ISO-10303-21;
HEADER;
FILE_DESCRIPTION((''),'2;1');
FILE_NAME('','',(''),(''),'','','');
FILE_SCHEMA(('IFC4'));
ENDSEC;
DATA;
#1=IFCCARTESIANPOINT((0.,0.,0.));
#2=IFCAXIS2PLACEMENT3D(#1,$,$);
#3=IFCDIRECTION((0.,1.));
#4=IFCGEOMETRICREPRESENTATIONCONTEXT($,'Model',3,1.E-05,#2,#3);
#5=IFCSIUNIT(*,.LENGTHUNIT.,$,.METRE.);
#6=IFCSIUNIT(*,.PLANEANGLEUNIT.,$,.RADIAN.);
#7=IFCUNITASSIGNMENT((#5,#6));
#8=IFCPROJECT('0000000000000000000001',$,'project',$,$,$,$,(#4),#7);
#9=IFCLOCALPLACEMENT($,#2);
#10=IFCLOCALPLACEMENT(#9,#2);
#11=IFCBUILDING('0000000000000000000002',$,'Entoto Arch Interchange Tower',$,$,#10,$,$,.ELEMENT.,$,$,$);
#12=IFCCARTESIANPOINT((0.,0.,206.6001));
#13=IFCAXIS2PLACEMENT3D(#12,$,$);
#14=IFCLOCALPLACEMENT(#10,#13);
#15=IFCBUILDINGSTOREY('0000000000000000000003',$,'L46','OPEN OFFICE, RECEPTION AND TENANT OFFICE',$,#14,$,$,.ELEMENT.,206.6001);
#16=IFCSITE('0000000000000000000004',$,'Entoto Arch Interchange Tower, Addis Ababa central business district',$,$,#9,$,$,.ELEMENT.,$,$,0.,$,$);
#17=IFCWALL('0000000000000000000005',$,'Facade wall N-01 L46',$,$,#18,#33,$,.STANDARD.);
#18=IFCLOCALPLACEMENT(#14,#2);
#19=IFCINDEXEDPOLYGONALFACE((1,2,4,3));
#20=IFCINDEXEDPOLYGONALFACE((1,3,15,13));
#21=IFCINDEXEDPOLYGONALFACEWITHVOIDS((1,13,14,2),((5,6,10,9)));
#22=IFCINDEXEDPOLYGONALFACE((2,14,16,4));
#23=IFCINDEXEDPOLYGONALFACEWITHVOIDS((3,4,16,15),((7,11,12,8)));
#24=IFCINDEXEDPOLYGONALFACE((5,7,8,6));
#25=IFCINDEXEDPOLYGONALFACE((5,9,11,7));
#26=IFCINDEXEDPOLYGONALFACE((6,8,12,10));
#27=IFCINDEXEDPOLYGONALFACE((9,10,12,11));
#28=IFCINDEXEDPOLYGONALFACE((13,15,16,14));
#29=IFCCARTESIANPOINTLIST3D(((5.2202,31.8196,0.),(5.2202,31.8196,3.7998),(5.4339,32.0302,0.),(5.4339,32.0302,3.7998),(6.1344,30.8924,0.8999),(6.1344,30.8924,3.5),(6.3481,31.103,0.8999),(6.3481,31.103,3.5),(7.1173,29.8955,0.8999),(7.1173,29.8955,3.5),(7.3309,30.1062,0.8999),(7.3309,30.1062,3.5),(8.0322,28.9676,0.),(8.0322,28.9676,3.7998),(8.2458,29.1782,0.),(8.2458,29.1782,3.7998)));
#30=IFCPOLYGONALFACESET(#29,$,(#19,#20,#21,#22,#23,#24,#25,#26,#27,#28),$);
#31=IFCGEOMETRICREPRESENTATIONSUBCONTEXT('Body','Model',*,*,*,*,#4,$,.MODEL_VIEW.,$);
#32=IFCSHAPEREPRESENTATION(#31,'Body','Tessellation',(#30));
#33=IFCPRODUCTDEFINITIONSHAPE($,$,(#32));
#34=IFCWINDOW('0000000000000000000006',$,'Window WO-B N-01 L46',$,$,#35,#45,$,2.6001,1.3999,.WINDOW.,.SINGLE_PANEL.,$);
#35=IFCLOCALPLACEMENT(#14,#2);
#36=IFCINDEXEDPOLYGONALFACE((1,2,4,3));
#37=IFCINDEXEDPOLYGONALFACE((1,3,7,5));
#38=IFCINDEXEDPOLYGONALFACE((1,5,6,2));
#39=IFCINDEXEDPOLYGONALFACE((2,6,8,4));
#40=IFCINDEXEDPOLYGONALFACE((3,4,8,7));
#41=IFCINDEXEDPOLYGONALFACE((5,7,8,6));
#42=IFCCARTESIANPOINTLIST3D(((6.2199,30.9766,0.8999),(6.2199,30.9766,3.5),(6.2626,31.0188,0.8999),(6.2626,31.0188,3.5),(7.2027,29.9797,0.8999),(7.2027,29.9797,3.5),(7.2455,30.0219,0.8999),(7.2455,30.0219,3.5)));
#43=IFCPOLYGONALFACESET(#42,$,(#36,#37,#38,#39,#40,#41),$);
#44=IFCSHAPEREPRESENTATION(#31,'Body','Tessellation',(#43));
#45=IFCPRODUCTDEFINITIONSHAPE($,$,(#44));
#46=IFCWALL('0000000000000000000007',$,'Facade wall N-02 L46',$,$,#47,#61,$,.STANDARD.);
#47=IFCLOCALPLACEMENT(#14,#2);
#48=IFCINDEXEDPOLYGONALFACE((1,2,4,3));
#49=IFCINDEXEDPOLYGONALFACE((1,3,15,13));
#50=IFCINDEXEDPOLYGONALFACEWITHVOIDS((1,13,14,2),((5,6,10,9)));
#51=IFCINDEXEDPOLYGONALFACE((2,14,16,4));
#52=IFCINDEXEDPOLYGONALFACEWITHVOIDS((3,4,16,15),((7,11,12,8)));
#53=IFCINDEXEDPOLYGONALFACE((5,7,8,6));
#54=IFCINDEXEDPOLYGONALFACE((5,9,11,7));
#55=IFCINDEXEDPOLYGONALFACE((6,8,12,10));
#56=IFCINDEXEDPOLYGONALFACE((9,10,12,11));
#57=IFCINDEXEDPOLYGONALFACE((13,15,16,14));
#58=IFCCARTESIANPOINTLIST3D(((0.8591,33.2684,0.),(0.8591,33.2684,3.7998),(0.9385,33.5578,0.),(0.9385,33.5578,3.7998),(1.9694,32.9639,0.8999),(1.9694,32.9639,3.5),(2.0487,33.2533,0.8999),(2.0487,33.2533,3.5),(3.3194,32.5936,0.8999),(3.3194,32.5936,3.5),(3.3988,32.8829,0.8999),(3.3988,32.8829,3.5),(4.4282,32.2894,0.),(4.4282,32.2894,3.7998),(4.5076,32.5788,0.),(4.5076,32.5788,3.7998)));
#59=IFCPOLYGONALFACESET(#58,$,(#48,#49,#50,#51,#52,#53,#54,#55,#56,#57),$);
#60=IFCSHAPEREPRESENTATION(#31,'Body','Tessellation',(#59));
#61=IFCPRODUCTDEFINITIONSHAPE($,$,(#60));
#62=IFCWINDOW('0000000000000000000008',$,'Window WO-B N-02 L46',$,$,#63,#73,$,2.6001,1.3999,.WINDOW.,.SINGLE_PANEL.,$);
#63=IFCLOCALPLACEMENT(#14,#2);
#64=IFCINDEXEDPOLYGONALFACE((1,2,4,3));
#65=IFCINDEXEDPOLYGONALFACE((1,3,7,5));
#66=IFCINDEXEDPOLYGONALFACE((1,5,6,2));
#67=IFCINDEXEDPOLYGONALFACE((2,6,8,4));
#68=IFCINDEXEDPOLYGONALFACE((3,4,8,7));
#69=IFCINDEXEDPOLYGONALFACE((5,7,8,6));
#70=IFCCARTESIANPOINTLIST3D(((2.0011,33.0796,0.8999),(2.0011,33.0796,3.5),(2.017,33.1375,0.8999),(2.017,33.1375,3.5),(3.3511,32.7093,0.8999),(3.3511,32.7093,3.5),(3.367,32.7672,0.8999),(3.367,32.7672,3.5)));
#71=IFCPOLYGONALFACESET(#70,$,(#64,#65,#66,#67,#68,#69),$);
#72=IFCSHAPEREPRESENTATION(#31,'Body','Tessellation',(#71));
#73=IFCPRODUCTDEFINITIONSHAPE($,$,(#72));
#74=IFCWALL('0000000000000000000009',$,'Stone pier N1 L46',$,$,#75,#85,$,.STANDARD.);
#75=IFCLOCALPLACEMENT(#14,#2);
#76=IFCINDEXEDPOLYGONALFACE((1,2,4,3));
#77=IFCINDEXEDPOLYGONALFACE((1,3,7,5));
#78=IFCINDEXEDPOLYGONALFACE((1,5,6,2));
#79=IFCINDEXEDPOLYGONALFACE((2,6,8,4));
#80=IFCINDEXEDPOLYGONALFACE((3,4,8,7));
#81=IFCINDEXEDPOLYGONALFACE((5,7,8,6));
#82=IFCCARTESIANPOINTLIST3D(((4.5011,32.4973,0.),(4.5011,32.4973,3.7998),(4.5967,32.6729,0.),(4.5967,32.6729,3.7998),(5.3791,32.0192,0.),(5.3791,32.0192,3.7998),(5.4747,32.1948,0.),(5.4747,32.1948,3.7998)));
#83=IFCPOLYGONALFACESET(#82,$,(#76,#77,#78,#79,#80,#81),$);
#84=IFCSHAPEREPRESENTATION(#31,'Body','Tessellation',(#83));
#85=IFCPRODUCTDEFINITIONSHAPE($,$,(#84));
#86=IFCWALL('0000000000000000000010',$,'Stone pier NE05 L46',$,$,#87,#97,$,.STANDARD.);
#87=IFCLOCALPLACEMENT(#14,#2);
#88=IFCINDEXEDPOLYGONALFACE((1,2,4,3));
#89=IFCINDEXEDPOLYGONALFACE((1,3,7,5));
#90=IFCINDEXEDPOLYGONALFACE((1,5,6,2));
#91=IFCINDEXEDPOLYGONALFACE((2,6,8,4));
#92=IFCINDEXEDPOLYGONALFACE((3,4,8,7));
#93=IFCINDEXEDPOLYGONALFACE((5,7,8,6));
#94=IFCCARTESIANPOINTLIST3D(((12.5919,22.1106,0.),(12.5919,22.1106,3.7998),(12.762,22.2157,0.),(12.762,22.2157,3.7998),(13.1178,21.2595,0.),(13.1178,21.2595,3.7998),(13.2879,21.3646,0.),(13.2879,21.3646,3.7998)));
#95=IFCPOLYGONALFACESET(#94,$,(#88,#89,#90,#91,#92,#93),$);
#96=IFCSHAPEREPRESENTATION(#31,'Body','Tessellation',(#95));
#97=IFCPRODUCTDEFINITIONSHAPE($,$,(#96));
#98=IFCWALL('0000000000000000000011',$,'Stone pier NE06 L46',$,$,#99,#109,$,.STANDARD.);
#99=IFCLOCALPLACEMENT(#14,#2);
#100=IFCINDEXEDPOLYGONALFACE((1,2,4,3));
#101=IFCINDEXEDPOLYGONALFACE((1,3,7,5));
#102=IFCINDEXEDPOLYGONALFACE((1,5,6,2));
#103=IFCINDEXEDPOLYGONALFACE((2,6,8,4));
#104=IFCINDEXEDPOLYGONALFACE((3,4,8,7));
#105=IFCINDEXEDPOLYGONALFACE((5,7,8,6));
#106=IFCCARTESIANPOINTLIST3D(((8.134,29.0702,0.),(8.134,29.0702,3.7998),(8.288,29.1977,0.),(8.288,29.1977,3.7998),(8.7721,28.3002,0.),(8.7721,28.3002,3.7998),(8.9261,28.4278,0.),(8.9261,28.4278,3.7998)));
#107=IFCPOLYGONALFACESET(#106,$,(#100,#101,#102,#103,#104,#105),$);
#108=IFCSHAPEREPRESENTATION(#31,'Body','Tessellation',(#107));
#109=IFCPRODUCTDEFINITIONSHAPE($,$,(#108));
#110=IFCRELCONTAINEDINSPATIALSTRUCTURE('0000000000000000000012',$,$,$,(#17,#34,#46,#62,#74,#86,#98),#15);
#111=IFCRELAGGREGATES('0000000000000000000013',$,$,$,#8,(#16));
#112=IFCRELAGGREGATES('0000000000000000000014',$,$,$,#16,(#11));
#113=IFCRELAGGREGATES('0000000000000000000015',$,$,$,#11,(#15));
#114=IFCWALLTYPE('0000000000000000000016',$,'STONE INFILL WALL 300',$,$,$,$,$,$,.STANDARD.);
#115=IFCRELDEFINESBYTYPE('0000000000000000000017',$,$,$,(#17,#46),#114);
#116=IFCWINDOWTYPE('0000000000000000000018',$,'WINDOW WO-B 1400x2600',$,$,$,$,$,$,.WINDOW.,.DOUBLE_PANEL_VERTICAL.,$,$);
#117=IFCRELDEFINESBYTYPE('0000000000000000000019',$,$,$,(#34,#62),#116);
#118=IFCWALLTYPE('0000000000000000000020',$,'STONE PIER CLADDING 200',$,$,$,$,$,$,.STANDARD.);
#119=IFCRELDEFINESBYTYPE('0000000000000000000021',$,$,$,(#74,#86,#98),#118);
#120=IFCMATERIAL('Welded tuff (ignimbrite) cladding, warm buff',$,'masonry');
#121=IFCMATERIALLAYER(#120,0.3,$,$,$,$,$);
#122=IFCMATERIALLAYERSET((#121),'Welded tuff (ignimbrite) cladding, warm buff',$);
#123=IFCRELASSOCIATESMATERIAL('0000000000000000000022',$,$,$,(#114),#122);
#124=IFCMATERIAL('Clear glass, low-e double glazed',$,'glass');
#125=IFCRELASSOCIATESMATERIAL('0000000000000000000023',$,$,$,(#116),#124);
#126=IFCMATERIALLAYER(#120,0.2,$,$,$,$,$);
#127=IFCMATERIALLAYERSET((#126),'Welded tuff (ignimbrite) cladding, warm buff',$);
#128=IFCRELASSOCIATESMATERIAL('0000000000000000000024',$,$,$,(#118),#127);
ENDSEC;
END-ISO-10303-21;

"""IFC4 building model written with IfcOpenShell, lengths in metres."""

from ifc_helpers import new_model, si_unit, direction, frame, frame_2d, origin, place, context, subcontext, project, spatial, rectangle, extrude, material, layer, layer_set, type_object, element, fill, save


model = new_model("IFC4")

# Units and contexts
model_context = context("Model", 3, precision=1e-05, world=origin(), true_north=direction((0.0, 1.0)))
body_context = subcontext(model_context, "Body", "Model", "MODEL_VIEW")
ifc_project = project(units=[si_unit("LENGTHUNIT", "METRE"), si_unit("PLANEANGLEUNIT", "RADIAN")], contexts=[model_context])

# Site, building, storey
site_placement = place(None, origin())
site = spatial("IfcSite", under=ifc_project, at=site_placement, Name="Entoto Arch Interchange Tower, Addis Ababa central business district", CompositionType="ELEMENT", RefElevation=0.0)
building_placement = place(site_placement, origin())
building = spatial("IfcBuilding", under=site, at=building_placement, Name="Entoto Arch Interchange Tower", CompositionType="ELEMENT")
storey_placement = place(building_placement, frame((0.0, 0.0, 206.6001)))
storey = spatial("IfcBuildingStorey", under=building, at=storey_placement, Name="L46", Description="OPEN OFFICE, RECEPTION AND TENANT OFFICE", CompositionType="ELEMENT", Elevation=206.6001)

# Shared definitions
ifc_material_1 = material(Name="Welded tuff (ignimbrite) cladding, warm buff", Category="masonry")
ifc_layer_1 = layer(ifc_material_1, 0.3)
ifc_layer_set_1 = layer_set([ifc_layer_1], Name="Welded tuff (ignimbrite) cladding, warm buff")
wall_type_1 = type_object("IfcWallType", Name="STONE INFILL WALL 300", PredefinedType="STANDARD", material=ifc_layer_set_1)
ifc_material_2 = material(Name="Clear glass, low-e double glazed", Category="glass")

# Walls, openings, windows
wall_1_placement = place(storey_placement, frame((8.1389, 29.073, 0.0), z_axis=(0.0, 0.0, 1.0), x_axis=(-0.702091, 0.712088, 0.0)))
wall_1 = element("IfcWall", 1, at=wall_1_placement, inside=storey, type_object=wall_type_1, Name="Facade wall N-01 L46", PredefinedType="STANDARD", context=body_context, shape_type="SweptSolid", body=[
    extrude(rectangle(XDim=4.0051, YDim=0.3, at=frame_2d((2.0024, 0.0))), origin(), (0.0, 0.0, 1.0), 3.7998),
])
opening_1_placement = place(wall_1_placement, frame((1.303, 0.0, 0.8999)))
opening_1 = element("IfcOpeningElement", 2, at=opening_1_placement, cuts=wall_1, PredefinedType="OPENING", context=body_context, shape_type="SweptSolid", body=[
    extrude(rectangle(XDim=1.3999, YDim=2.6001, at=frame_2d((0.7, 1.3))), frame((0.0, 0.1602, 0.0), z_axis=(0.0, -1.0, 0.0), x_axis=(1.0, 0.0, 0.0)), (0.0, 0.0, 1.0), 0.3201),
])
window_type_1 = type_object("IfcWindowType", Name="WINDOW WO-B 1400x2600", PartitioningType="DOUBLE_PANEL_VERTICAL", PredefinedType="WINDOW", material=ifc_material_2)
window_1_placement = place(opening_1_placement, origin())
window_1 = element("IfcWindow", 3, at=window_1_placement, inside=storey, type_object=window_type_1, Name="Window WO-B N-01 L46", OverallHeight=2.6001, OverallWidth=1.3999, PartitioningType="SINGLE_PANEL", PredefinedType="WINDOW", context=body_context, shape_type="SweptSolid", body=[
    extrude(rectangle(XDim=1.3999, YDim=2.6001, at=frame_2d((0.7, 1.3))), frame((0.0, 0.03, 0.0), z_axis=(0.0, -1.0, 0.0), x_axis=(1.0, 0.0, 0.0)), (0.0, 0.0, 1.0), 0.0601),
])
fill(opening_1, window_1)
wall_2_placement = place(storey_placement, frame((4.468, 32.4341, 0.0), z_axis=(0.0, 0.0, 1.0), x_axis=(-0.964378, 0.264529, 0.0)))
wall_2 = element("IfcWall", 4, at=wall_2_placement, inside=storey, type_object=wall_type_1, Name="Facade wall N-02 L46", PredefinedType="STANDARD", context=body_context, shape_type="SweptSolid", body=[
    extrude(rectangle(XDim=3.7009, YDim=0.3, at=frame_2d((1.8506, 0.0))), origin(), (0.0, 0.0, 1.0), 3.7998),
])
opening_2_placement = place(wall_2_placement, frame((1.1499, 0.0, 0.8999)))
opening_2 = element("IfcOpeningElement", 5, at=opening_2_placement, cuts=wall_2, PredefinedType="OPENING", context=body_context, shape_type="SweptSolid", body=[
    extrude(rectangle(XDim=1.3999, YDim=2.6001, at=frame_2d((0.7, 1.3))), frame((0.0, 0.1602, 0.0), z_axis=(0.0, -1.0, 0.0), x_axis=(1.0, 0.0, 0.0)), (0.0, 0.0, 1.0), 0.3201),
])
window_2_placement = place(opening_2_placement, origin())
window_2 = element("IfcWindow", 6, at=window_2_placement, inside=storey, type_object=window_type_1, Name="Window WO-B N-02 L46", OverallHeight=2.6001, OverallWidth=1.3999, PartitioningType="SINGLE_PANEL", PredefinedType="WINDOW", context=body_context, shape_type="SweptSolid", body=[
    extrude(rectangle(XDim=1.3999, YDim=2.6001, at=frame_2d((0.7, 1.3))), frame((0.0, 0.03, 0.0), z_axis=(0.0, -1.0, 0.0), x_axis=(1.0, 0.0, 0.0)), (0.0, 0.0, 1.0), 0.0601),
])
fill(opening_2, window_2)

# Walls
ifc_layer_2 = layer(ifc_material_1, 0.2)
ifc_layer_set_2 = layer_set([ifc_layer_2], Name="Welded tuff (ignimbrite) cladding, warm buff")
wall_type_2 = type_object("IfcWallType", Name="STONE PIER CLADDING 200", PredefinedType="STANDARD", material=ifc_layer_set_2)
wall_3_placement = place(storey_placement, frame((5.427, 32.1069, 0.0), z_axis=(0.0, 0.0, 1.0), x_axis=(-0.87825, 0.478202, 0.0)))
element("IfcWall", 7, at=wall_3_placement, inside=storey, type_object=wall_type_2, Name="Stone pier N1 L46", PredefinedType="STANDARD", context=body_context, shape_type="SweptSolid", body=[
    extrude(rectangle(XDim=0.9998, YDim=0.2, at=frame_2d((0.5, 0.0))), origin(), (0.0, 0.0, 1.0), 3.7998),
])
wall_4_placement = place(storey_placement, frame((13.2029, 21.312, 0.0), z_axis=(0.0, 0.0, 1.0), x_axis=(-0.525649, 0.850702, 0.0)))
element("IfcWall", 8, at=wall_4_placement, inside=storey, type_object=wall_type_2, Name="Stone pier NE05 L46", PredefinedType="STANDARD", context=body_context, shape_type="SweptSolid", body=[
    extrude(rectangle(XDim=1.0005, YDim=0.2, at=frame_2d((0.5002, 0.0))), origin(), (0.0, 0.0, 1.0), 3.7998),
])
wall_5_placement = place(storey_placement, frame((8.8491, 28.364, 0.0), z_axis=(0.0, 0.0, 1.0), x_axis=(-0.638117, 0.769939, 0.0)))
element("IfcWall", 9, at=wall_5_placement, inside=storey, type_object=wall_type_2, Name="Stone pier NE06 L46", PredefinedType="STANDARD", context=body_context, shape_type="SweptSolid", body=[
    extrude(rectangle(XDim=1.0, YDim=0.2, at=frame_2d((0.5, 0.0))), origin(), (0.0, 0.0, 1.0), 3.7998),
])

save(model, "model.ifc")
